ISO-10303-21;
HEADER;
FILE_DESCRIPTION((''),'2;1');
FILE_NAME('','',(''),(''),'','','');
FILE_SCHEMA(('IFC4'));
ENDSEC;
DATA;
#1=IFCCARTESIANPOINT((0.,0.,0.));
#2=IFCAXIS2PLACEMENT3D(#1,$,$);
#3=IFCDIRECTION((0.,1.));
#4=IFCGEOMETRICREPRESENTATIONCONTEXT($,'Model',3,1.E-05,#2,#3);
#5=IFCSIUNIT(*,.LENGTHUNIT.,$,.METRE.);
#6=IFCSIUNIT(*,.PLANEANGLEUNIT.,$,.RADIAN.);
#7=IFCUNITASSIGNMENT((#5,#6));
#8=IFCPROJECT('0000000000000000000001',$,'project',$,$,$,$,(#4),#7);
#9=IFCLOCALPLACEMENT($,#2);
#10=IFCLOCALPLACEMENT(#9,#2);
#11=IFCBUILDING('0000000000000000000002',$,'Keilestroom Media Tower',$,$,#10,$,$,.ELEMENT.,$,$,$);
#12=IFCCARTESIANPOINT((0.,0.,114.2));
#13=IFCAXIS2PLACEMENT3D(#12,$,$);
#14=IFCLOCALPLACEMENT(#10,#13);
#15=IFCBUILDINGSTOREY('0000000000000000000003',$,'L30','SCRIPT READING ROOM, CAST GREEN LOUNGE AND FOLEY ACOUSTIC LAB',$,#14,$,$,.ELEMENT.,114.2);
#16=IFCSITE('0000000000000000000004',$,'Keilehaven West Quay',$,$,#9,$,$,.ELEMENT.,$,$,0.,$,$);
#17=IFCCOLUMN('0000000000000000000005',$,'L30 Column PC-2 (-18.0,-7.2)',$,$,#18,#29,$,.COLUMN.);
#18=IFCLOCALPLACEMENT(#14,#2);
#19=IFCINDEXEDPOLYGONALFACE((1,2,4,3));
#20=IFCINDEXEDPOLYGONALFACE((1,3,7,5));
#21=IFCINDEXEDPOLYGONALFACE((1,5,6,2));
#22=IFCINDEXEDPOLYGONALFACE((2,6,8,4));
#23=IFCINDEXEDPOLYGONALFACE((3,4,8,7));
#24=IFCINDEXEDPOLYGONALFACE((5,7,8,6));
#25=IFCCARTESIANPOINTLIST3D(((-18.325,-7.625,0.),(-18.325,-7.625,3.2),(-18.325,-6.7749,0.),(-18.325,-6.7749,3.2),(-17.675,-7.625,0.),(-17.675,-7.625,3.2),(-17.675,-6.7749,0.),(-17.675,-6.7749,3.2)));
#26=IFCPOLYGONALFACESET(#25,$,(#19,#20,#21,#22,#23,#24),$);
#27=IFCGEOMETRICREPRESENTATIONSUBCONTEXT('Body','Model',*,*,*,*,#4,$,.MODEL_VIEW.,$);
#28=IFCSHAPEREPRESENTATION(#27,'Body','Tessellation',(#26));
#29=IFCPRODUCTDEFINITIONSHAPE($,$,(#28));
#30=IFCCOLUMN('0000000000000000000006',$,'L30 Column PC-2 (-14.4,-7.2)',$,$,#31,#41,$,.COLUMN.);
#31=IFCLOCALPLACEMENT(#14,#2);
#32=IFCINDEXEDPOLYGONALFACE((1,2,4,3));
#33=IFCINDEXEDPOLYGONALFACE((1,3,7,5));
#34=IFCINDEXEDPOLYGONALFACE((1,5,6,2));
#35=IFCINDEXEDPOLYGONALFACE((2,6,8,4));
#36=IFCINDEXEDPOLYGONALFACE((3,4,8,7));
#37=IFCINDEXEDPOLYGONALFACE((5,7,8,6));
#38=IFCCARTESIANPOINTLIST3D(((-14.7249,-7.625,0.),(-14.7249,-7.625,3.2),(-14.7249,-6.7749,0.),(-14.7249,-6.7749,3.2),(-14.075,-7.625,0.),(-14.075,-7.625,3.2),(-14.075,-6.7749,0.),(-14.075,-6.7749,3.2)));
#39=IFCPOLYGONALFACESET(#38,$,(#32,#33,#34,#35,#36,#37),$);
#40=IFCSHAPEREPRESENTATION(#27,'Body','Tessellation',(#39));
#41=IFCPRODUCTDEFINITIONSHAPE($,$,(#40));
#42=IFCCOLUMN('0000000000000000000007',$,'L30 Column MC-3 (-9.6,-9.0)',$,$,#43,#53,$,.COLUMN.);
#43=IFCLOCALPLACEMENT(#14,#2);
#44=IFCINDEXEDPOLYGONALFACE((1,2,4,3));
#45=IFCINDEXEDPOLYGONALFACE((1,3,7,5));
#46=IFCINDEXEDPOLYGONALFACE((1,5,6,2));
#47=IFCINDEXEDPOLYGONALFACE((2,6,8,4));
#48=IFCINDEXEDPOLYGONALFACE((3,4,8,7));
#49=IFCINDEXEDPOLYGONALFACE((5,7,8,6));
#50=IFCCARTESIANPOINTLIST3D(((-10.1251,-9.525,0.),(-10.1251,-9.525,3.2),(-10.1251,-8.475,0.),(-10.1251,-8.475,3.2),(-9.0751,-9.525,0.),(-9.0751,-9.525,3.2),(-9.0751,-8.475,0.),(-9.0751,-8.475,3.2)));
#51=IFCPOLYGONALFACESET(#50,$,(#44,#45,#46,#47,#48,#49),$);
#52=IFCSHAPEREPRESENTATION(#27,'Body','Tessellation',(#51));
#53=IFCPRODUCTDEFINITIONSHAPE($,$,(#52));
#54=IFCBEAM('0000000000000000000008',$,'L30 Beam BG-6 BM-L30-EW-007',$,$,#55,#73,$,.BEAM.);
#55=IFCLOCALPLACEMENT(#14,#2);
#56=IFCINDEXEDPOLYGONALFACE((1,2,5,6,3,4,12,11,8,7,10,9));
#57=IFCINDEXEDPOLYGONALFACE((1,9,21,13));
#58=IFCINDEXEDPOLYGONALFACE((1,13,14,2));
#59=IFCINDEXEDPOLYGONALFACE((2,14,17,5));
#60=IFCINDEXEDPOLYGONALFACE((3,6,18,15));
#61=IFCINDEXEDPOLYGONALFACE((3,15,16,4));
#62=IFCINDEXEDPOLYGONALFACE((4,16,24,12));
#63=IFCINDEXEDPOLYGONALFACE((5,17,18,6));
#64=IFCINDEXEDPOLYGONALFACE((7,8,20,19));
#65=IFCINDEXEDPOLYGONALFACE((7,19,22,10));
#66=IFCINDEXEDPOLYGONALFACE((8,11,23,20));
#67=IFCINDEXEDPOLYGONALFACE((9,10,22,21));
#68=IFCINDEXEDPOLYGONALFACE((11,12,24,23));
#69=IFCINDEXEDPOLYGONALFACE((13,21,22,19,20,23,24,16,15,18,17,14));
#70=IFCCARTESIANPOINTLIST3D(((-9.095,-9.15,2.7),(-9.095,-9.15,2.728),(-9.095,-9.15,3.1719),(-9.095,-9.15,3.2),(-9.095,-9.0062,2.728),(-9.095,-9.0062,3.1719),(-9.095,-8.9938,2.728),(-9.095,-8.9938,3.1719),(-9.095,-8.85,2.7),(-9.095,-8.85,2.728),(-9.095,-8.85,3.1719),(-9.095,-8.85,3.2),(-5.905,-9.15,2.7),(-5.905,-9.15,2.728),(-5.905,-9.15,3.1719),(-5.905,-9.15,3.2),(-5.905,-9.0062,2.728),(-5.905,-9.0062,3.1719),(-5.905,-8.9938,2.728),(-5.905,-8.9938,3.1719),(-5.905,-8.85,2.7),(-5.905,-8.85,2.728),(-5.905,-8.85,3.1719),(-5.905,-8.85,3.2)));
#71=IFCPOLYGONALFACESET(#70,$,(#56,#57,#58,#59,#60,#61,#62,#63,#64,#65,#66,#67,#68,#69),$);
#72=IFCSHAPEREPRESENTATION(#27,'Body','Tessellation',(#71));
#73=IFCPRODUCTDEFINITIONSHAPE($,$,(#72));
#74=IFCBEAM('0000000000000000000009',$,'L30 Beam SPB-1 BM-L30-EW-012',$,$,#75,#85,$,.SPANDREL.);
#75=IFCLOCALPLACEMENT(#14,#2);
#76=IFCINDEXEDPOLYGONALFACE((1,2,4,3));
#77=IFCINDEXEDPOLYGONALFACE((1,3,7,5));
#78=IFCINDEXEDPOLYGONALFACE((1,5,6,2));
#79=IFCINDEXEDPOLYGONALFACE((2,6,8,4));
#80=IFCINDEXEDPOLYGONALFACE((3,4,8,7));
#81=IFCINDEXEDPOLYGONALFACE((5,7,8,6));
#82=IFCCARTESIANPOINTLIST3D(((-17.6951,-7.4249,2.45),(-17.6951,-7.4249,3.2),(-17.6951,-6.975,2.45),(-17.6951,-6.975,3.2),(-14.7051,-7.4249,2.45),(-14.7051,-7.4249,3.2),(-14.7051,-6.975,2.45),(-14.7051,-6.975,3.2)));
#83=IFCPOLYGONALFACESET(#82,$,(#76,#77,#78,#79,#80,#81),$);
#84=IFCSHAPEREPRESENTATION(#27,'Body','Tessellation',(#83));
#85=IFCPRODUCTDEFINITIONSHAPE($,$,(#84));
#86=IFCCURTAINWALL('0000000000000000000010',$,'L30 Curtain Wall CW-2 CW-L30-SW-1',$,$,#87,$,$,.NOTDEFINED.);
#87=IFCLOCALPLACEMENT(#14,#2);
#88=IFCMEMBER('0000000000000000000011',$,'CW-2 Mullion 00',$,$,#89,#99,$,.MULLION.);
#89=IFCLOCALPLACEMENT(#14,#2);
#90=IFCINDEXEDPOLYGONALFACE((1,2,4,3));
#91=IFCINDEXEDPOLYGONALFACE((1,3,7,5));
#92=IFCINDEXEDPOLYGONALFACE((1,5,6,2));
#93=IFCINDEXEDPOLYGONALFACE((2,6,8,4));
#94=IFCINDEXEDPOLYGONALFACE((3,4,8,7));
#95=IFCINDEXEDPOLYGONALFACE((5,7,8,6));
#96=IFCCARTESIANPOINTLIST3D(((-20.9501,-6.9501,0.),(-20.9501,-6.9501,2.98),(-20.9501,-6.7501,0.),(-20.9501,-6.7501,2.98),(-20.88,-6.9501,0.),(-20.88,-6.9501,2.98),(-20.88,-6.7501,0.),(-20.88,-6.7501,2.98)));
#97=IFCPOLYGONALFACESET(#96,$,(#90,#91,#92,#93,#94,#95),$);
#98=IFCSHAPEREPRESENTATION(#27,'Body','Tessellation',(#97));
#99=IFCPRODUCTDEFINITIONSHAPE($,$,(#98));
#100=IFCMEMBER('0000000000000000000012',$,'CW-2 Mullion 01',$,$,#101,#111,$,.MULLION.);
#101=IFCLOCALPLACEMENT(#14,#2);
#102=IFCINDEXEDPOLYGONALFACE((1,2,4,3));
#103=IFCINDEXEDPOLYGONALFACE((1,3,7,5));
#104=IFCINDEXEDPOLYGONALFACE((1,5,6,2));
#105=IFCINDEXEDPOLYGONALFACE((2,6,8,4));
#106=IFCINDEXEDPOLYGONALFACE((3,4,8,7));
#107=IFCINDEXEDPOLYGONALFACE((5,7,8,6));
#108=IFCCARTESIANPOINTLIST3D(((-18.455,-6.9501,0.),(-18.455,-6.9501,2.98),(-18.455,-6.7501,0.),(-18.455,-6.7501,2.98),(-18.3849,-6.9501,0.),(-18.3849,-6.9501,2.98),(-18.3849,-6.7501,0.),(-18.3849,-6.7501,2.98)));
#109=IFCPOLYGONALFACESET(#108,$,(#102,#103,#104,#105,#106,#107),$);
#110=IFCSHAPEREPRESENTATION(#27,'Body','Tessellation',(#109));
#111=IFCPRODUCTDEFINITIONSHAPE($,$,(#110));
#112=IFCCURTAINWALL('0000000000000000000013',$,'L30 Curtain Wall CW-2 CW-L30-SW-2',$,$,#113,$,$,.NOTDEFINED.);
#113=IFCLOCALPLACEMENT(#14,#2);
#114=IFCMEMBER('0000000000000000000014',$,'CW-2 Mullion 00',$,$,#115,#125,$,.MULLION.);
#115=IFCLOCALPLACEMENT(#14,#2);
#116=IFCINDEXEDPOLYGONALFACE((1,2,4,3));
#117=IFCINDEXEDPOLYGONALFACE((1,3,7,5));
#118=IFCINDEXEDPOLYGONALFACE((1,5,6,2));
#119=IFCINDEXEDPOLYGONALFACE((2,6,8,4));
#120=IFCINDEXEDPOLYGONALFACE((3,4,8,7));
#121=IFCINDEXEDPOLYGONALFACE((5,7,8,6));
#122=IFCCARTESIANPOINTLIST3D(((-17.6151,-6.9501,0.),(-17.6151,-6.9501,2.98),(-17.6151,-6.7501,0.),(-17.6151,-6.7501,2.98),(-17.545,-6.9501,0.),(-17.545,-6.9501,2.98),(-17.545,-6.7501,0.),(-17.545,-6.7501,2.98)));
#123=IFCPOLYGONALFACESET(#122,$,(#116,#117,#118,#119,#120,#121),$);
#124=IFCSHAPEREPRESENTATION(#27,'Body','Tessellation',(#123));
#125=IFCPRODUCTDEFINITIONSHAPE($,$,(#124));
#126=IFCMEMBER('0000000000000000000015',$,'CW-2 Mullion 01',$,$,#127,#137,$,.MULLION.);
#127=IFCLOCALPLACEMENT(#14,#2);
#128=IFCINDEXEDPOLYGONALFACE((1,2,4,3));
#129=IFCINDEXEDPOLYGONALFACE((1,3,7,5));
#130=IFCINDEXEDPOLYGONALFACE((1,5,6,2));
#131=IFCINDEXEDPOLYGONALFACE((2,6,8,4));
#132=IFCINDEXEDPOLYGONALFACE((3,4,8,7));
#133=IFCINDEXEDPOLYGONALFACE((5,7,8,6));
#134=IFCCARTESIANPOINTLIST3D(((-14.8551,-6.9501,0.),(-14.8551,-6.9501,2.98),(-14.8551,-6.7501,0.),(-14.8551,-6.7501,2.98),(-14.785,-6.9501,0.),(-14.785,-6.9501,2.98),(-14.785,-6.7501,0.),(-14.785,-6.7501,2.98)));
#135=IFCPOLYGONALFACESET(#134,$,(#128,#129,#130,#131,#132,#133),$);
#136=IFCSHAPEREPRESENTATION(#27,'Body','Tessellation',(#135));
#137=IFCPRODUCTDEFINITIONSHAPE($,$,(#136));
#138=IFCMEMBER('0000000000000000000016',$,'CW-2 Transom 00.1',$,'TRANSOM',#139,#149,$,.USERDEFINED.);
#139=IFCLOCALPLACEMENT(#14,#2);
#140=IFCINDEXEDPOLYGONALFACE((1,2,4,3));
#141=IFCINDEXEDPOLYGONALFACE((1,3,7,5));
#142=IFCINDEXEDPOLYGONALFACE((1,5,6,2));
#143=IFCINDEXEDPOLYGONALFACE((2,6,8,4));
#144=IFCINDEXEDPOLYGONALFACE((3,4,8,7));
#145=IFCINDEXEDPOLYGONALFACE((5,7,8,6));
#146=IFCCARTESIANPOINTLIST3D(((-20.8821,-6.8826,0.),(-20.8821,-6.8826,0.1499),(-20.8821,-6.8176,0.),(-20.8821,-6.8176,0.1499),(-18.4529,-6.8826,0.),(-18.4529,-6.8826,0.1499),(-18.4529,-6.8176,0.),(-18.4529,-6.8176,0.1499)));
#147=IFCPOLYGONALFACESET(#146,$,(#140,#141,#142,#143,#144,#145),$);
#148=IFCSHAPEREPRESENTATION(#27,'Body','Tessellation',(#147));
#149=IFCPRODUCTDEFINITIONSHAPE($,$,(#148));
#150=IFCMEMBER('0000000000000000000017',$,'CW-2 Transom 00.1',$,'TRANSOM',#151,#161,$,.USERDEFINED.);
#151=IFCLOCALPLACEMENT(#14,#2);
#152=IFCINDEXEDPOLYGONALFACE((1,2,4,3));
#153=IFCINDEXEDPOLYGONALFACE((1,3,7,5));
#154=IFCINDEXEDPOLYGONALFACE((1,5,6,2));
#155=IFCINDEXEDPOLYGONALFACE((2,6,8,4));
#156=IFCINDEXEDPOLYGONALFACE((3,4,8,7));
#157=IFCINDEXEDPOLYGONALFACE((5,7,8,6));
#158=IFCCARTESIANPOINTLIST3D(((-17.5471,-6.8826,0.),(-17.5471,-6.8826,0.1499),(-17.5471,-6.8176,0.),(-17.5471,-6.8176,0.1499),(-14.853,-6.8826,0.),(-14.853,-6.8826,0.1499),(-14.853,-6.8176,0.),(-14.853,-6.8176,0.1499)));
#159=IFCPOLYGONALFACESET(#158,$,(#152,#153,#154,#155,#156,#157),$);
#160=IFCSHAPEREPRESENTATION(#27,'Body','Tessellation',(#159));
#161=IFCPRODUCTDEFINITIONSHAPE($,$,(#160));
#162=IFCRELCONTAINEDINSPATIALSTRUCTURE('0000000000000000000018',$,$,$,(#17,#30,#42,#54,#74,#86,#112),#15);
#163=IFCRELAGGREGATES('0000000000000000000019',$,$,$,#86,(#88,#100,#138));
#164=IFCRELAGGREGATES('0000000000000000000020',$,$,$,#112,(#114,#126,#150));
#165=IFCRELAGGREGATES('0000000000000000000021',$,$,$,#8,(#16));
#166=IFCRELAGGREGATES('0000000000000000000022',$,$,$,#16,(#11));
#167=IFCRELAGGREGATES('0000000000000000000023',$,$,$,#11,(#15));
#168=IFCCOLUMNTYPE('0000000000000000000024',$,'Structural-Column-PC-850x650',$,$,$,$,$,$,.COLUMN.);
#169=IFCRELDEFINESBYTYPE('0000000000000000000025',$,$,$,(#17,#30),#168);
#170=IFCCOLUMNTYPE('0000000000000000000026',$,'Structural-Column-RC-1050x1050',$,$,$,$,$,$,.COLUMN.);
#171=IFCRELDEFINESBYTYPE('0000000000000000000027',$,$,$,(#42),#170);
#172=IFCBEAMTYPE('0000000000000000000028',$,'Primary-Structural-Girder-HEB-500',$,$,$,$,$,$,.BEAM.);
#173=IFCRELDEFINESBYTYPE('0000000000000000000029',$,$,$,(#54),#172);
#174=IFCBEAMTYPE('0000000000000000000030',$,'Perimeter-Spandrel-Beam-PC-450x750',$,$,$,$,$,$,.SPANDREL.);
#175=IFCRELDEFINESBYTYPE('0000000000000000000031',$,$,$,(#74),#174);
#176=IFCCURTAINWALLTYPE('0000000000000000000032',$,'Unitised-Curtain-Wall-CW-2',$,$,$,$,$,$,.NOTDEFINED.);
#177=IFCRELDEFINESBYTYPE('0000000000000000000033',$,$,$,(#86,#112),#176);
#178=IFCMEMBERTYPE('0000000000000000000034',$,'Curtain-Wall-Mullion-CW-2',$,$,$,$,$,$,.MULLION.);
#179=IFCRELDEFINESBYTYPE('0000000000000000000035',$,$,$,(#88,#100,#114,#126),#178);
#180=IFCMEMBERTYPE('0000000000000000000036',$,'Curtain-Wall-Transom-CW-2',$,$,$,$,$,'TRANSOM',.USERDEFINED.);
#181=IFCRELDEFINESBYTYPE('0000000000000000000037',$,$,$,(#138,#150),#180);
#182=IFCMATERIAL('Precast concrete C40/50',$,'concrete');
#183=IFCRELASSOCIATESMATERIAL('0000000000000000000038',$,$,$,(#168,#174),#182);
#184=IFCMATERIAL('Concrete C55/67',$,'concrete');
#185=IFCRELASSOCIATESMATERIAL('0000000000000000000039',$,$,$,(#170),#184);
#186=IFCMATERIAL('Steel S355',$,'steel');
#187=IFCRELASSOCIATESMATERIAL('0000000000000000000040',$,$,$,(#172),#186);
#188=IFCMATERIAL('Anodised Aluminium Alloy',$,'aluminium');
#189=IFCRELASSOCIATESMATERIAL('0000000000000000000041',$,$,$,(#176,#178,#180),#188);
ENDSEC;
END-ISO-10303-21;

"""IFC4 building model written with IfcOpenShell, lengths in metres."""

from ifc_helpers import new_model, si_unit, direction, frame, origin, origin_2d, place, context, subcontext, project, spatial, rectangle, i_section, extrude, source, transform, mapped, material, material_profile, profile_set, type_object, element, aggregate, save


model = new_model("IFC4")

# Units and contexts
model_context = context("Model", 3, precision=1e-05, world=origin(), true_north=direction((0.0, 1.0)))
body_context = subcontext(model_context, "Body", "Model", "MODEL_VIEW")
ifc_project = project(units=[si_unit("LENGTHUNIT", "METRE"), si_unit("PLANEANGLEUNIT", "RADIAN")], contexts=[model_context])

# Site, building, storey
site_placement = place(None, origin())
site = spatial("IfcSite", under=ifc_project, at=site_placement, Name="Keilehaven West Quay", CompositionType="ELEMENT", RefElevation=0.0)
building_placement = place(site_placement, origin())
building = spatial("IfcBuilding", under=site, at=building_placement, Name="Keilestroom Media Tower", CompositionType="ELEMENT")
storey_placement = place(building_placement, frame((0.0, 0.0, 114.2)))
storey = spatial("IfcBuildingStorey", under=building, at=storey_placement, Name="L30", Description="SCRIPT READING ROOM, CAST GREEN LOUNGE AND FOLEY ACOUSTIC LAB", CompositionType="ELEMENT", Elevation=114.2)

# Columns
ifc_material_1 = material(Name="Precast concrete C40/50", Category="concrete")
ifc_material_profile_1 = material_profile(ifc_material_1, rectangle(XDim=0.6499, YDim=0.8501, at=origin_2d()), Name="PC 850x650")
ifc_profile_set_1 = profile_set([ifc_material_profile_1], Name="Precast concrete C40/50")
column_type_1 = type_object("IfcColumnType", Name="Structural-Column-PC-850x650", PredefinedType="COLUMN", material=ifc_profile_set_1)
shared_shape_1 = source(origin(), body_context, "Body", "SweptSolid", [
    extrude(rectangle(XDim=0.6499, YDim=0.8501, at=origin_2d()), origin(), (0.0, 0.0, 1.0), 3.2),
])
for number, where, z_axis, x_axis, name in (
    (1, (-18.0, -7.2, 0.0), (0.0, 0.0, 1.0), (1.0, 0.0, 0.0), "L30 Column PC-2 (-18.0,-7.2)"),
    (2, (-14.3999, -7.2, 0.0), (0.0, 0.0, 1.0), (1.0, 0.0, 0.0), "L30 Column PC-2 (-14.4,-7.2)"),
):
    element("IfcColumn", number, at=place(storey_placement, frame(where, z_axis=z_axis, x_axis=x_axis)), inside=storey, type_object=column_type_1, Name=name, PredefinedType="COLUMN", context=body_context, shape_type="MappedRepresentation", body=[
        mapped(shared_shape_1, transform((0.0, 0.0, 0.0), x_axis=(1.0, 0.0, 0.0), y_axis=(0.0, 1.0, 0.0), z_axis=(0.0, 0.0, 1.0), scale=1.0)),
    ])
ifc_material_2 = material(Name="Concrete C55/67", Category="concrete")
ifc_material_profile_2 = material_profile(ifc_material_2, rectangle(XDim=1.05, YDim=1.05, at=origin_2d()), Name="RC 1050x1050")
ifc_profile_set_2 = profile_set([ifc_material_profile_2], Name="Concrete C55/67")
column_type_2 = type_object("IfcColumnType", Name="Structural-Column-RC-1050x1050", PredefinedType="COLUMN", material=ifc_profile_set_2)
shared_shape_2 = source(origin(), body_context, "Body", "SweptSolid", [
    extrude(rectangle(XDim=1.05, YDim=1.05, at=origin_2d()), origin(), (0.0, 0.0, 1.0), 3.2),
])
column_placement = place(storey_placement, frame((-9.6001, -9.0, 0.0), z_axis=(0.0, 0.0, 1.0), x_axis=(1.0, 0.0, 0.0)))
element("IfcColumn", 3, at=column_placement, inside=storey, type_object=column_type_2, Name="L30 Column MC-3 (-9.6,-9.0)", PredefinedType="COLUMN", context=body_context, shape_type="MappedRepresentation", body=[
    mapped(shared_shape_2, transform((0.0, 0.0, 0.0), x_axis=(1.0, 0.0, 0.0), y_axis=(0.0, 1.0, 0.0), z_axis=(0.0, 0.0, 1.0), scale=1.0)),
])

# Beams
ifc_material_3 = material(Name="Steel S355", Category="steel")
ifc_material_profile_3 = material_profile(ifc_material_3, i_section(OverallWidth=0.3, OverallDepth=0.5, WebThickness=0.0125, FlangeThickness=0.0281, at=origin_2d()), Name="HEB 500")
ifc_profile_set_3 = profile_set([ifc_material_profile_3], Name="Steel S355")
beam_type_1 = type_object("IfcBeamType", Name="Primary-Structural-Girder-HEB-500", PredefinedType="BEAM", material=ifc_profile_set_3)
shared_shape_3 = source(origin(), body_context, "Body", "SweptSolid", [
    extrude(i_section(OverallWidth=0.3, OverallDepth=0.5, WebThickness=0.0125, FlangeThickness=0.0281, at=origin_2d()), origin(), (0.0, 0.0, 1.0), 3.1899),
])
beam_1_placement = place(storey_placement, frame((-9.095, -9.0, 2.95), z_axis=(1.0, 0.0, 0.0), x_axis=(0.0, 1.0, 0.0)))
element("IfcBeam", 4, at=beam_1_placement, inside=storey, type_object=beam_type_1, Name="L30 Beam BG-6 BM-L30-EW-007", PredefinedType="BEAM", context=body_context, shape_type="MappedRepresentation", body=[
    mapped(shared_shape_3, transform((0.0, 0.0, 0.0), x_axis=(1.0, 0.0, 0.0), y_axis=(0.0, 1.0, 0.0), z_axis=(0.0, 0.0, 1.0), scale=1.0)),
])
ifc_material_profile_4 = material_profile(ifc_material_1, rectangle(XDim=0.45, YDim=0.75, at=origin_2d()), Name="PC 450x750")
ifc_profile_set_4 = profile_set([ifc_material_profile_4], Name="Precast concrete C40/50")
beam_type_2 = type_object("IfcBeamType", Name="Perimeter-Spandrel-Beam-PC-450x750", PredefinedType="SPANDREL", material=ifc_profile_set_4)
shared_shape_4 = source(origin(), body_context, "Body", "SweptSolid", [
    extrude(rectangle(XDim=0.45, YDim=0.75, at=origin_2d()), origin(), (0.0, 0.0, 1.0), 2.99),
])
beam_2_placement = place(storey_placement, frame((-17.6951, -7.2, 2.825), z_axis=(1.0, 0.0, 0.0), x_axis=(0.0, 1.0, 0.0)))
element("IfcBeam", 5, at=beam_2_placement, inside=storey, type_object=beam_type_2, Name="L30 Beam SPB-1 BM-L30-EW-012", PredefinedType="SPANDREL", context=body_context, shape_type="MappedRepresentation", body=[
    mapped(shared_shape_4, transform((0.0, 0.0, 0.0), x_axis=(1.0, 0.0, 0.0), y_axis=(0.0, 1.0, 0.0), z_axis=(0.0, 0.0, 1.0), scale=1.0)),
])

# Curtain walls, members
ifc_material_4 = material(Name="Anodised Aluminium Alloy", Category="aluminium")
curtain_wall_type = type_object("IfcCurtainWallType", Name="Unitised-Curtain-Wall-CW-2", PredefinedType="NOTDEFINED", material=ifc_material_4)
curtain_wall_1_placement = place(storey_placement, origin())
curtain_wall_1 = element("IfcCurtainWall", 6, at=curtain_wall_1_placement, inside=storey, type_object=curtain_wall_type, Name="L30 Curtain Wall CW-2 CW-L30-SW-1", PredefinedType="NOTDEFINED")
ifc_material_profile_5 = material_profile(ifc_material_4, rectangle(XDim=0.0701, YDim=0.2, at=origin_2d()), Name="ALU MULLION 70x200")
ifc_profile_set_5 = profile_set([ifc_material_profile_5], Name="Anodised Aluminium Alloy")
member_type_1 = type_object("IfcMemberType", Name="Curtain-Wall-Mullion-CW-2", PredefinedType="MULLION", material=ifc_profile_set_5)
shared_shape_5 = source(origin(), body_context, "Body", "SweptSolid", [
    extrude(rectangle(XDim=0.0701, YDim=0.2, at=origin_2d()), origin(), (0.0, 0.0, 1.0), 2.98),
])
member_1_placement = place(storey_placement, frame((-20.915, -6.8501, 0.0), z_axis=(0.0, 0.0, 1.0), x_axis=(1.0, 0.0, 0.0)))
member_1 = element("IfcMember", 7, at=member_1_placement, type_object=member_type_1, Name="CW-2 Mullion 00", PredefinedType="MULLION", context=body_context, shape_type="MappedRepresentation", body=[
    mapped(shared_shape_5, transform((0.0, 0.0, 0.0), x_axis=(1.0, 0.0, 0.0), y_axis=(0.0, 1.0, 0.0), z_axis=(0.0, 0.0, 1.0), scale=1.0)),
])
member_2_placement = place(storey_placement, frame((-18.4199, -6.8501, 0.0), z_axis=(0.0, 0.0, 1.0), x_axis=(1.0, 0.0, 0.0)))
member_2 = element("IfcMember", 8, at=member_2_placement, type_object=member_type_1, Name="CW-2 Mullion 01", PredefinedType="MULLION", context=body_context, shape_type="MappedRepresentation", body=[
    mapped(shared_shape_5, transform((0.0, 0.0, 0.0), x_axis=(1.0, 0.0, 0.0), y_axis=(0.0, 1.0, 0.0), z_axis=(0.0, 0.0, 1.0), scale=1.0)),
])
curtain_wall_2_placement = place(storey_placement, origin())
curtain_wall_2 = element("IfcCurtainWall", 9, at=curtain_wall_2_placement, inside=storey, type_object=curtain_wall_type, Name="L30 Curtain Wall CW-2 CW-L30-SW-2", PredefinedType="NOTDEFINED")
member_3_placement = place(storey_placement, frame((-17.5801, -6.8501, 0.0), z_axis=(0.0, 0.0, 1.0), x_axis=(1.0, 0.0, 0.0)))
member_3 = element("IfcMember", 10, at=member_3_placement, type_object=member_type_1, Name="CW-2 Mullion 00", PredefinedType="MULLION", context=body_context, shape_type="MappedRepresentation", body=[
    mapped(shared_shape_5, transform((0.0, 0.0, 0.0), x_axis=(1.0, 0.0, 0.0), y_axis=(0.0, 1.0, 0.0), z_axis=(0.0, 0.0, 1.0), scale=1.0)),
])
member_4_placement = place(storey_placement, frame((-14.8201, -6.8501, 0.0), z_axis=(0.0, 0.0, 1.0), x_axis=(1.0, 0.0, 0.0)))
member_4 = element("IfcMember", 11, at=member_4_placement, type_object=member_type_1, Name="CW-2 Mullion 01", PredefinedType="MULLION", context=body_context, shape_type="MappedRepresentation", body=[
    mapped(shared_shape_5, transform((0.0, 0.0, 0.0), x_axis=(1.0, 0.0, 0.0), y_axis=(0.0, 1.0, 0.0), z_axis=(0.0, 0.0, 1.0), scale=1.0)),
])

# Members
ifc_material_profile_6 = material_profile(ifc_material_4, rectangle(XDim=0.0649, YDim=0.1499, at=origin_2d()), Name="ALU TRANSOM 65x150")
ifc_profile_set_6 = profile_set([ifc_material_profile_6], Name="Anodised Aluminium Alloy")
member_type_2 = type_object("IfcMemberType", Name="Curtain-Wall-Transom-CW-2", ElementType="TRANSOM", PredefinedType="USERDEFINED", material=ifc_profile_set_6)
shared_shape_6 = source(origin(), body_context, "Body", "SweptSolid", [
    extrude(rectangle(XDim=0.0649, YDim=0.1499, at=origin_2d()), origin(), (0.0, 0.0, 1.0), 2.4292),
])
member_5_placement = place(storey_placement, frame((-20.8821, -6.8501, 0.075), z_axis=(1.0, 0.0, 0.0), x_axis=(0.0, 1.0, 0.0)))
member_5 = element("IfcMember", 12, at=member_5_placement, type_object=member_type_2, Name="CW-2 Transom 00.1", ObjectType="TRANSOM", PredefinedType="USERDEFINED", context=body_context, shape_type="MappedRepresentation", body=[
    mapped(shared_shape_6, transform((0.0, 0.0, 0.0), x_axis=(1.0, 0.0, 0.0), y_axis=(0.0, 1.0, 0.0), z_axis=(0.0, 0.0, 1.0), scale=1.0)),
])
shared_shape_7 = source(origin(), body_context, "Body", "SweptSolid", [
    extrude(rectangle(XDim=0.0649, YDim=0.1499, at=origin_2d()), origin(), (0.0, 0.0, 1.0), 2.6941),
])
member_6_placement = place(storey_placement, frame((-17.5471, -6.8501, 0.075), z_axis=(1.0, 0.0, 0.0), x_axis=(0.0, 1.0, 0.0)))
member_6 = element("IfcMember", 13, at=member_6_placement, type_object=member_type_2, Name="CW-2 Transom 00.1", ObjectType="TRANSOM", PredefinedType="USERDEFINED", context=body_context, shape_type="MappedRepresentation", body=[
    mapped(shared_shape_7, transform((0.0, 0.0, 0.0), x_axis=(1.0, 0.0, 0.0), y_axis=(0.0, 1.0, 0.0), z_axis=(0.0, 0.0, 1.0), scale=1.0)),
])

aggregate(curtain_wall_1, [member_1, member_2, member_5])
aggregate(curtain_wall_2, [member_3, member_4, member_6])

save(model, "model.ifc")
